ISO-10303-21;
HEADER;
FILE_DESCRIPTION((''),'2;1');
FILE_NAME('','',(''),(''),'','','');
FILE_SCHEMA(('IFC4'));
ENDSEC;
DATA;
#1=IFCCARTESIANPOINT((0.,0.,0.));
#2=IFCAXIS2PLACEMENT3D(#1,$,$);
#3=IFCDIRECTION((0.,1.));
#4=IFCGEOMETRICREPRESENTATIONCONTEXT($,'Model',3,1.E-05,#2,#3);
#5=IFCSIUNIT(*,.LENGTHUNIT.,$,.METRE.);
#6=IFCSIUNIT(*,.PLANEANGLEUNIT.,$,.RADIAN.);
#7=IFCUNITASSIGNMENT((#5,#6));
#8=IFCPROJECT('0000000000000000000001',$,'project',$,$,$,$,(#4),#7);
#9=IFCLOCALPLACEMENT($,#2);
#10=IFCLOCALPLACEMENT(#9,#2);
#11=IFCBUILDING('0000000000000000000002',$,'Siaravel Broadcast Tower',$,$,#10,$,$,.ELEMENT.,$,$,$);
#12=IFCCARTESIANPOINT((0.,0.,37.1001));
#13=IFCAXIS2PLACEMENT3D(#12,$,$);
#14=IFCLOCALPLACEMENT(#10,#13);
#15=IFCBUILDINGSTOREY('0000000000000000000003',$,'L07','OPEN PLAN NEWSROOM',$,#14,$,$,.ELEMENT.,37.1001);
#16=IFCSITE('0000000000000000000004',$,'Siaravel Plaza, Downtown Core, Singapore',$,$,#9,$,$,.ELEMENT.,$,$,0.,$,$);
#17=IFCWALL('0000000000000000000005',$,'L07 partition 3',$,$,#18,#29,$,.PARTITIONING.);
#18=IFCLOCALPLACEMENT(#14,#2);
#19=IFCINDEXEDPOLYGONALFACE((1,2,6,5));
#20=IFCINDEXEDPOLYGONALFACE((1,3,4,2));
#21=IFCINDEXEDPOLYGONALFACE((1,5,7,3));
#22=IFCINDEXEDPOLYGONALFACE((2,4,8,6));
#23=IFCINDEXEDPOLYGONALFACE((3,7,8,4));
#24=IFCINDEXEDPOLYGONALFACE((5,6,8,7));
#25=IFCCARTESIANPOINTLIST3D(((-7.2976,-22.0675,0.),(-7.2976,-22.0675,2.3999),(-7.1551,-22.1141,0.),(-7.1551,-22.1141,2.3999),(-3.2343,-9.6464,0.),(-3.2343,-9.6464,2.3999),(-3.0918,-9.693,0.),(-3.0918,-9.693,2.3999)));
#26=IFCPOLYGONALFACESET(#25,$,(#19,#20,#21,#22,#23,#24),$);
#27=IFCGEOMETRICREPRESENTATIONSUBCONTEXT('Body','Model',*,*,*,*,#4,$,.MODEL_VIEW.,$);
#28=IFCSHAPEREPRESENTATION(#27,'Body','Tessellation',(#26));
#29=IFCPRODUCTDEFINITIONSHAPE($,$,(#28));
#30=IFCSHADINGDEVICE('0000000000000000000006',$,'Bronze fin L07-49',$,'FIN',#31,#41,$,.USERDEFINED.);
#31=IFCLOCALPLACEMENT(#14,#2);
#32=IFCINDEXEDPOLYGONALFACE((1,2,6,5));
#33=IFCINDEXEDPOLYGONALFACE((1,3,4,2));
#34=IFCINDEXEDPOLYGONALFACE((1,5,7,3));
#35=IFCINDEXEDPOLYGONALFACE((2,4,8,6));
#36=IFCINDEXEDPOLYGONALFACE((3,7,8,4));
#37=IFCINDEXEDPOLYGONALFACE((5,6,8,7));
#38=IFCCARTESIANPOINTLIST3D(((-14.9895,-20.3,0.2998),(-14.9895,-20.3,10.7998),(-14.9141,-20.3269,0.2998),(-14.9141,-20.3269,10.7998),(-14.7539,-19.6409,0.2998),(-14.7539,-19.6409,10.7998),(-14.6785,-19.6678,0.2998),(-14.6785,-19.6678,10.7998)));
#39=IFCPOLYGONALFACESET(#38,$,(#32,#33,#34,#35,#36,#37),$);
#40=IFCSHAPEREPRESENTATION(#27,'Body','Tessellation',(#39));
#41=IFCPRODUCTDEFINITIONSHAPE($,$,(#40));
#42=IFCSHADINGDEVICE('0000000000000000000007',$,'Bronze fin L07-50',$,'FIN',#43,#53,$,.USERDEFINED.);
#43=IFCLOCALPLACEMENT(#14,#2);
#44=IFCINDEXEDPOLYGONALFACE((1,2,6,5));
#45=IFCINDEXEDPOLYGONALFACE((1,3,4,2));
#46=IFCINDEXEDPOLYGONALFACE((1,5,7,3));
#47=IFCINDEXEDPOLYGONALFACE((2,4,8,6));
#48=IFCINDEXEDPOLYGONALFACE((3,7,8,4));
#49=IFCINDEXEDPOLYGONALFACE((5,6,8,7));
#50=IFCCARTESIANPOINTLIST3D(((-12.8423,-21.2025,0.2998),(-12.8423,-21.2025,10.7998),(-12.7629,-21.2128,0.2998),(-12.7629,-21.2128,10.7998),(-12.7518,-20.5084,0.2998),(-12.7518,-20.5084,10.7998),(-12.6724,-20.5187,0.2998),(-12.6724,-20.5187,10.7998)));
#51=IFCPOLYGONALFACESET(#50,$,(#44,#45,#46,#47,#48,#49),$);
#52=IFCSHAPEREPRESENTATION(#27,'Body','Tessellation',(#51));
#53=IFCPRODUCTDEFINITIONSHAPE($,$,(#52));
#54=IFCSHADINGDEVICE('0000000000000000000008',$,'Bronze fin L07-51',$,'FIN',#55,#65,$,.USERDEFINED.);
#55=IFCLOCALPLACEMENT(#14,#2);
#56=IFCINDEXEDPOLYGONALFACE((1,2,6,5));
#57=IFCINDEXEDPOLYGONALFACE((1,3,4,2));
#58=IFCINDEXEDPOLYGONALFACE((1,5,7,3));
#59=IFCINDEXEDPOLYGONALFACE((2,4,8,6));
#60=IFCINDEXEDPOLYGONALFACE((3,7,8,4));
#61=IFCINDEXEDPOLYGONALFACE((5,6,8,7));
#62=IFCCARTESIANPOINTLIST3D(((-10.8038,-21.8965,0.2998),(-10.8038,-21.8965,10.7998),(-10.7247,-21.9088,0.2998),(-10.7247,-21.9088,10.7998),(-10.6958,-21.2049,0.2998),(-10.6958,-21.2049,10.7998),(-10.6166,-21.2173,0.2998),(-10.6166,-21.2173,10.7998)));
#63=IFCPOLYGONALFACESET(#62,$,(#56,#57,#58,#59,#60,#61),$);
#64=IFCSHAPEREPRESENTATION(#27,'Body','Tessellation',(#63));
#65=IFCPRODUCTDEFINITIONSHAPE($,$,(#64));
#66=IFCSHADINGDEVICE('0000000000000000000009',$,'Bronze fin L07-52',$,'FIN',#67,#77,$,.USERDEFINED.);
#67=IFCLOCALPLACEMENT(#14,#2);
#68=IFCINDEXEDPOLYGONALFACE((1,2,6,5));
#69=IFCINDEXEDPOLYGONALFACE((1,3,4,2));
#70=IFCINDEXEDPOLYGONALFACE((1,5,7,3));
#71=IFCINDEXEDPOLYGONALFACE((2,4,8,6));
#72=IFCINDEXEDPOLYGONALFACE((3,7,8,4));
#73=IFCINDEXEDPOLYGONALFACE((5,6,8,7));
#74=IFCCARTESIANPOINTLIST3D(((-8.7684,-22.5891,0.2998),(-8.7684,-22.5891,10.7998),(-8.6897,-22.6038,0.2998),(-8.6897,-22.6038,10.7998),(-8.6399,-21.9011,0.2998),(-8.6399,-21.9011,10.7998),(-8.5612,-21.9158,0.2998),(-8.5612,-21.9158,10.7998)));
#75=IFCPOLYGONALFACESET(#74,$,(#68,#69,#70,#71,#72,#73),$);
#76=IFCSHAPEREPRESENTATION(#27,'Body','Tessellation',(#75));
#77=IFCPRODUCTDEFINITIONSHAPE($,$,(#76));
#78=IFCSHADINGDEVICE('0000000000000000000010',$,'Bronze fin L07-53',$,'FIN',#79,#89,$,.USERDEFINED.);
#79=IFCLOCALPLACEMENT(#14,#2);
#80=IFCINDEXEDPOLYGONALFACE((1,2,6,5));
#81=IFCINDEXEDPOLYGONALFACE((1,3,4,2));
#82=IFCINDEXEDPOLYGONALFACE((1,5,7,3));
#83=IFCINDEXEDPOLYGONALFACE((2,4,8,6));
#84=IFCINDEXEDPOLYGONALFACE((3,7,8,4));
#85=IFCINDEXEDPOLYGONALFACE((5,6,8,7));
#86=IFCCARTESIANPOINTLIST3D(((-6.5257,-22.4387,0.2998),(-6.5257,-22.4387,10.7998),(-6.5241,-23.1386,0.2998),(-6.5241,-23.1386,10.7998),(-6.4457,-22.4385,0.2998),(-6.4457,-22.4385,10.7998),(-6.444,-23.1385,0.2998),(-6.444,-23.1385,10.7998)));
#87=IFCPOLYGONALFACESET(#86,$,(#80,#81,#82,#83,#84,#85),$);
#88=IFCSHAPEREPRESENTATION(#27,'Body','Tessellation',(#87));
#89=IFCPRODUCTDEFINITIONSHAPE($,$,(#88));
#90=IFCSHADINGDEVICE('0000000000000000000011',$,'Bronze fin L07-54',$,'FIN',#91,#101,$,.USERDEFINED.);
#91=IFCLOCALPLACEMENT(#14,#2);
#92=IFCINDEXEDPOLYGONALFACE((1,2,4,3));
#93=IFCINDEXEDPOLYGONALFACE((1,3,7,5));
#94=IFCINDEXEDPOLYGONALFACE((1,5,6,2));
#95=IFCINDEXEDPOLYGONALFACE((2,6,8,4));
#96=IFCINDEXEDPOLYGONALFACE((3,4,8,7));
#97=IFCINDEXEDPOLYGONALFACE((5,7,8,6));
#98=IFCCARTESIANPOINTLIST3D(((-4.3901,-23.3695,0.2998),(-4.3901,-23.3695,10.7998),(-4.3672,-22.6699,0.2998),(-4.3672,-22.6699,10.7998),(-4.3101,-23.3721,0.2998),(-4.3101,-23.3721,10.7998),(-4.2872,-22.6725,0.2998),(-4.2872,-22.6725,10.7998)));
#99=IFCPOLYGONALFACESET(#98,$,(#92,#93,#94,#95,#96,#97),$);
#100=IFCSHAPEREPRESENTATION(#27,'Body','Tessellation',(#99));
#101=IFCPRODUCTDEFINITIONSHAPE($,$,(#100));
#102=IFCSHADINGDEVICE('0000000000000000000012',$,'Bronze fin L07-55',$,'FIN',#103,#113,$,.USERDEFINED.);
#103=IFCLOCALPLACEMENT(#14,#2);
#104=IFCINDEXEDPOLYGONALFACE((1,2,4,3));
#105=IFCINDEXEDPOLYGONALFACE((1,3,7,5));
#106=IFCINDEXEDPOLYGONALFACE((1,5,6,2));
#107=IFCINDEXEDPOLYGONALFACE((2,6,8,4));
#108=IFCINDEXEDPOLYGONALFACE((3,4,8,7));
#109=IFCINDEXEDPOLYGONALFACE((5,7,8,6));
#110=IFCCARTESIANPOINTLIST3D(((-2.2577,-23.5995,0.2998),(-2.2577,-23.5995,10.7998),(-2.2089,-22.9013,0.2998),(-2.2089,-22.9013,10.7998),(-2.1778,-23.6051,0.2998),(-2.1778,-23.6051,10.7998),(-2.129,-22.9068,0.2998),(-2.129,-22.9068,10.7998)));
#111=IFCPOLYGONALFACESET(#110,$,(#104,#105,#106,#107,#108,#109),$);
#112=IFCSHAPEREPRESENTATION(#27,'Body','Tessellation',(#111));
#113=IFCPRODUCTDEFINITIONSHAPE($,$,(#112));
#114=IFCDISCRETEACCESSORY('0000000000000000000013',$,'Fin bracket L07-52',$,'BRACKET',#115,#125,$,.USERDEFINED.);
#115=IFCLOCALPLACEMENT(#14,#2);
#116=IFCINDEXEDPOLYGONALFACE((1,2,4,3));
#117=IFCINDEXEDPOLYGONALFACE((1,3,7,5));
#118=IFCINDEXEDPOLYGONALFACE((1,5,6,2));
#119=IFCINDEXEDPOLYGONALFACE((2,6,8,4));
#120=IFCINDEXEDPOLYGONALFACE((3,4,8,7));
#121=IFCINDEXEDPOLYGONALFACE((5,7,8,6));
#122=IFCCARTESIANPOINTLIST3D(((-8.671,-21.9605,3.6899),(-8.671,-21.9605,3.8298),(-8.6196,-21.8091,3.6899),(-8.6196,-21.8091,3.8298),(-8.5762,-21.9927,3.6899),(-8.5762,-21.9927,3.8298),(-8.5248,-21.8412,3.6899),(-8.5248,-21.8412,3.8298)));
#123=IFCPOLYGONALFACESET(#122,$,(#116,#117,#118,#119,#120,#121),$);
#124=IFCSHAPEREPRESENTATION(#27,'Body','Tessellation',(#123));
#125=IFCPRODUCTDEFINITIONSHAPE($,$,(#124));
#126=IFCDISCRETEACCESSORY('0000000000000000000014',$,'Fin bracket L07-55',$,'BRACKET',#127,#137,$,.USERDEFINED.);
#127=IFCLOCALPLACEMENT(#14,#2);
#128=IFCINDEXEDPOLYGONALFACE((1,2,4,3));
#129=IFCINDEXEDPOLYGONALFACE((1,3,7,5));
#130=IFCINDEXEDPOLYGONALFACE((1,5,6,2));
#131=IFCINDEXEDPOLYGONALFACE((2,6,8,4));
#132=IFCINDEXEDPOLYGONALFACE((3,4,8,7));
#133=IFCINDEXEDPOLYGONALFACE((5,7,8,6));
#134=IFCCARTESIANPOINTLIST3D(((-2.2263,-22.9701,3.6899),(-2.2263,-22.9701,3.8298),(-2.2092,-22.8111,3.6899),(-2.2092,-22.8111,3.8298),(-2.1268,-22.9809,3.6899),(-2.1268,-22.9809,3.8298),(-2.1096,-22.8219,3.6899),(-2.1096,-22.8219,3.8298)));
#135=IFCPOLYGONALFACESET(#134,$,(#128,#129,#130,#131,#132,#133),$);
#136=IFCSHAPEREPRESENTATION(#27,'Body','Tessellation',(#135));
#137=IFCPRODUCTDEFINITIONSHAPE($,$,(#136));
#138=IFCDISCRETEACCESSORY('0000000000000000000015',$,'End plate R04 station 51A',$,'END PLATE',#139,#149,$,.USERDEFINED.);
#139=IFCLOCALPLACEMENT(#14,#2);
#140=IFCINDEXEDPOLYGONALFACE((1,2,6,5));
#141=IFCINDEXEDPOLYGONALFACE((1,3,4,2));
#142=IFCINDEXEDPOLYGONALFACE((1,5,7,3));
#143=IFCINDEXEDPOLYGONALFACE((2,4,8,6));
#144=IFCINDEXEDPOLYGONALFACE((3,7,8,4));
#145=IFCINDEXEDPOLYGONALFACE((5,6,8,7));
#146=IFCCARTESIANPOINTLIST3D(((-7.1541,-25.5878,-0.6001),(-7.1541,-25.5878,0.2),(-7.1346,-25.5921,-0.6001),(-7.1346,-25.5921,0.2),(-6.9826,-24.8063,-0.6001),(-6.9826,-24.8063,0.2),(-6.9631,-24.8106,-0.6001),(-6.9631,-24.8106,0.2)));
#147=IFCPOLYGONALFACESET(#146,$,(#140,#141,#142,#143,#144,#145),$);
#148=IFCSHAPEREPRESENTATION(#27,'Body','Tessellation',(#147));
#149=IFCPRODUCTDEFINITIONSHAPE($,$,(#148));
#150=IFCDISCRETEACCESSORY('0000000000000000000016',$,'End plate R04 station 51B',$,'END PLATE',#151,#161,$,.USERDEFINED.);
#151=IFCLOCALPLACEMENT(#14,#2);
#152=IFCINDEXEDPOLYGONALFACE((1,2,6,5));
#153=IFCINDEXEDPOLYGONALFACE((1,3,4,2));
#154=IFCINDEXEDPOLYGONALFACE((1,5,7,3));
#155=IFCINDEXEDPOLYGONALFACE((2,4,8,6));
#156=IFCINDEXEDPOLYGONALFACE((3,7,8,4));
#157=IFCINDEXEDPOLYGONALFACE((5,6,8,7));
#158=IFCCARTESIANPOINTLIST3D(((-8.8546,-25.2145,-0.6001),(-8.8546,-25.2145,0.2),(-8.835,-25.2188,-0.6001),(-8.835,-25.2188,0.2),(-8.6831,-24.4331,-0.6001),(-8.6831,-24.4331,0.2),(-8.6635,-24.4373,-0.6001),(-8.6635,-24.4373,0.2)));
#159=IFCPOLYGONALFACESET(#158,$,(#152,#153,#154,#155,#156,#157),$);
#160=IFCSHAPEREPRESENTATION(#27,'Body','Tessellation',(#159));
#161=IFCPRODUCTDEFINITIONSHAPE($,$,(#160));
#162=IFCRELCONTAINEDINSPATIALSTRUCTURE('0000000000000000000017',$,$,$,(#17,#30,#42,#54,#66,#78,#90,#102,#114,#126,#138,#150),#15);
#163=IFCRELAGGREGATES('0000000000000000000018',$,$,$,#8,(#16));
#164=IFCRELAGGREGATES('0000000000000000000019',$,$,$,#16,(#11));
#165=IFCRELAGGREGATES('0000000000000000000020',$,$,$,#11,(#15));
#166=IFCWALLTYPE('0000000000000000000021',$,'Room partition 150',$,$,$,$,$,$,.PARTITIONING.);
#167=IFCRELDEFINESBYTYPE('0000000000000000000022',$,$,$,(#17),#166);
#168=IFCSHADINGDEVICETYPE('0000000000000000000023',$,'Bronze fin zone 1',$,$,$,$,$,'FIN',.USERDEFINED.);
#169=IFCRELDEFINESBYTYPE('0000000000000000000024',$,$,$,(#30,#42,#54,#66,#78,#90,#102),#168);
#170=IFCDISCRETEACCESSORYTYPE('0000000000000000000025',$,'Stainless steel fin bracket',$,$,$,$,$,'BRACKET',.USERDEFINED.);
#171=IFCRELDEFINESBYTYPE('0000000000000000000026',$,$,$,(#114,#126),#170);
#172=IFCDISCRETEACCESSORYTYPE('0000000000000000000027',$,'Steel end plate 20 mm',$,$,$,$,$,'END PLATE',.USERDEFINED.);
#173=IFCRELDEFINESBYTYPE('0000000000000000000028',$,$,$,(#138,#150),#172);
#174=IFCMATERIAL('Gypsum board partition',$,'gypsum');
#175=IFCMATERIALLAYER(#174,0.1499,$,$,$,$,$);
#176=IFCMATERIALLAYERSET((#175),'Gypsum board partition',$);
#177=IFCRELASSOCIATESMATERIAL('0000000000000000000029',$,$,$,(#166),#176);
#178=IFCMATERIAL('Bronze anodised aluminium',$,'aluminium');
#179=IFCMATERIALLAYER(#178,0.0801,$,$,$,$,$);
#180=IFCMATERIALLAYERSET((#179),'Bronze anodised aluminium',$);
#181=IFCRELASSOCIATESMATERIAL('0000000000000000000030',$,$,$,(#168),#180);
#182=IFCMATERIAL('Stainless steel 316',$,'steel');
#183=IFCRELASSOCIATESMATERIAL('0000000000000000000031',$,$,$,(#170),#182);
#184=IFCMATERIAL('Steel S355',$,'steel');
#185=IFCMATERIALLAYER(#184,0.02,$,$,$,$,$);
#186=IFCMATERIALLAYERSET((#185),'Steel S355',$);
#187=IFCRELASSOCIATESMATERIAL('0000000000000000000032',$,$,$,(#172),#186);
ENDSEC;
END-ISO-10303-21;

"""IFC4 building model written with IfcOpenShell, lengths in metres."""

from ifc_helpers import new_model, si_unit, direction, frame, frame_2d, origin, origin_2d, place, context, subcontext, project, spatial, rectangle, extrude, material, layer, layer_set, type_object, element, save


model = new_model("IFC4")

# Units and contexts
model_context = context("Model", 3, precision=1e-05, world=origin(), true_north=direction((0.0, 1.0)))
body_context = subcontext(model_context, "Body", "Model", "MODEL_VIEW")
ifc_project = project(units=[si_unit("LENGTHUNIT", "METRE"), si_unit("PLANEANGLEUNIT", "RADIAN")], contexts=[model_context])

# Site, building, storey
site_placement = place(None, origin())
site = spatial("IfcSite", under=ifc_project, at=site_placement, Name="Siaravel Plaza, Downtown Core, Singapore", CompositionType="ELEMENT", RefElevation=0.0)
building_placement = place(site_placement, origin())
building = spatial("IfcBuilding", under=site, at=building_placement, Name="Siaravel Broadcast Tower", CompositionType="ELEMENT")
storey_placement = place(building_placement, frame((0.0, 0.0, 37.1001)))
storey = spatial("IfcBuildingStorey", under=building, at=storey_placement, Name="L07", Description="OPEN PLAN NEWSROOM", CompositionType="ELEMENT", Elevation=37.1001)

# Shared definitions
ifc_material_1 = material(Name="Steel S355", Category="steel")

# Wall
ifc_material_2 = material(Name="Gypsum board partition", Category="gypsum")
ifc_layer_1 = layer(ifc_material_2, 0.1499)
ifc_layer_set_1 = layer_set([ifc_layer_1], Name="Gypsum board partition")
wall_type = type_object("IfcWallType", Name="Room partition 150", PredefinedType="PARTITIONING", material=ifc_layer_set_1)
wall_placement = place(storey_placement, frame((-7.2263, -22.0908, 0.0), z_axis=(0.0, 0.0, 1.0), x_axis=(0.31091, 0.950439, 0.0)))
element("IfcWall", 1, at=wall_placement, inside=storey, type_object=wall_type, Name="L07 partition 3", PredefinedType="PARTITIONING", context=body_context, shape_type="SweptSolid", body=[
    extrude(rectangle(XDim=13.0688, YDim=0.1499, at=frame_2d((6.5344, 0.0))), origin(), (0.0, 0.0, 1.0), 2.3999),
])

# Shading devices
ifc_material_3 = material(Name="Bronze anodised aluminium", Category="aluminium")
ifc_layer_2 = layer(ifc_material_3, 0.0801)
ifc_layer_set_2 = layer_set([ifc_layer_2], Name="Bronze anodised aluminium")
shading_device_type = type_object("IfcShadingDeviceType", Name="Bronze fin zone 1", ElementType="FIN", PredefinedType="USERDEFINED", material=ifc_layer_set_2)
for number, where, z_axis, x_axis, name in (
    (2, (-14.834, -19.9839, 0.2998), (0.0, 0.0, 1.0), (-0.336571, -0.941658, 0.0), "Bronze fin L07-49"),
    (3, (-12.7573, -20.8606, 0.2998), (0.0, 0.0, 1.0), (-0.129261, -0.991611, 0.0), "Bronze fin L07-50"),
    (4, (-10.7102, -21.5569, 0.2998), (0.0, 0.0, 1.0), (-0.154329, -0.988019, 0.0), "Bronze fin L07-51"),
    (5, (-8.6648, -22.2524, 0.2998), (0.0, 0.0, 1.0), (-0.183574, -0.983006, 0.0), "Bronze fin L07-52"),
    (6, (-6.4849, -22.7886, 0.2998), (0.0, 0.0, 1.0), (0.002403, -0.999997, 0.0), "Bronze fin L07-53"),
    (7, (-4.3386, -23.021, 0.2998), (0.0, 0.0, 1.0), (-0.032703, -0.999465, 0.0), "Bronze fin L07-54"),
    (8, (-2.1934, -23.2532, 0.2998), (0.0, 0.0, 1.0), (-0.069711, -0.997567, 0.0), "Bronze fin L07-55"),
):
    element("IfcShadingDevice", number, at=place(storey_placement, frame(where, z_axis=z_axis, x_axis=x_axis)), inside=storey, type_object=shading_device_type, Name=name, ObjectType="FIN", PredefinedType="USERDEFINED", context=body_context, shape_type="SweptSolid", body=[
        extrude(rectangle(XDim=0.7, YDim=0.0801, at=origin_2d()), origin(), (0.0, 0.0, 1.0), 10.5),
    ])

# Discrete accessories
ifc_material_4 = material(Name="Stainless steel 316", Category="steel")
discrete_accessory_type_1 = type_object("IfcDiscreteAccessoryType", Name="Stainless steel fin bracket", ElementType="BRACKET", PredefinedType="USERDEFINED", material=ifc_material_4)
for number, where, z_axis, x_axis, name in (
    (9, (-8.5979, -21.9009, 3.6899), (0.0, 0.0, 1.0), (-0.321301, -0.946977, 0.0), "Fin bracket L07-52"),
    (10, (-2.168, -22.896, 3.6899), (0.0, 0.0, 1.0), (-0.107217, -0.994236, 0.0), "Fin bracket L07-55"),
):
    element("IfcDiscreteAccessory", number, at=place(storey_placement, frame(where, z_axis=z_axis, x_axis=x_axis)), inside=storey, type_object=discrete_accessory_type_1, Name=name, ObjectType="BRACKET", PredefinedType="USERDEFINED", context=body_context, shape_type="SweptSolid", body=[
        extrude(rectangle(XDim=0.1599, YDim=0.1001, at=origin_2d()), origin(), (0.0, 0.0, 1.0), 0.1399),
    ])
ifc_layer_3 = layer(ifc_material_1, 0.02)
ifc_layer_set_3 = layer_set([ifc_layer_3], Name="Steel S355")
discrete_accessory_type_2 = type_object("IfcDiscreteAccessoryType", Name="Steel end plate 20 mm", ElementType="END PLATE", PredefinedType="USERDEFINED", material=ifc_layer_set_3)
for number, where, z_axis, x_axis, name in (
    (11, (-7.0586, -25.1992, -0.6001), (0.0, 0.0, 1.0), (0.976751, -0.214377, 0.0), "End plate R04 station 51A"),
    (12, (-8.759, -24.8259, -0.6001), (0.0, 0.0, 1.0), (0.976751, -0.214377, 0.0), "End plate R04 station 51B"),
):
    element("IfcDiscreteAccessory", number, at=place(storey_placement, frame(where, z_axis=z_axis, x_axis=x_axis)), inside=storey, type_object=discrete_accessory_type_2, Name=name, ObjectType="END PLATE", PredefinedType="USERDEFINED", context=body_context, shape_type="SweptSolid", body=[
        extrude(rectangle(XDim=0.02, YDim=0.8, at=origin_2d()), origin(), (0.0, 0.0, 1.0), 0.8),
    ])

save(model, "model.ifc")
